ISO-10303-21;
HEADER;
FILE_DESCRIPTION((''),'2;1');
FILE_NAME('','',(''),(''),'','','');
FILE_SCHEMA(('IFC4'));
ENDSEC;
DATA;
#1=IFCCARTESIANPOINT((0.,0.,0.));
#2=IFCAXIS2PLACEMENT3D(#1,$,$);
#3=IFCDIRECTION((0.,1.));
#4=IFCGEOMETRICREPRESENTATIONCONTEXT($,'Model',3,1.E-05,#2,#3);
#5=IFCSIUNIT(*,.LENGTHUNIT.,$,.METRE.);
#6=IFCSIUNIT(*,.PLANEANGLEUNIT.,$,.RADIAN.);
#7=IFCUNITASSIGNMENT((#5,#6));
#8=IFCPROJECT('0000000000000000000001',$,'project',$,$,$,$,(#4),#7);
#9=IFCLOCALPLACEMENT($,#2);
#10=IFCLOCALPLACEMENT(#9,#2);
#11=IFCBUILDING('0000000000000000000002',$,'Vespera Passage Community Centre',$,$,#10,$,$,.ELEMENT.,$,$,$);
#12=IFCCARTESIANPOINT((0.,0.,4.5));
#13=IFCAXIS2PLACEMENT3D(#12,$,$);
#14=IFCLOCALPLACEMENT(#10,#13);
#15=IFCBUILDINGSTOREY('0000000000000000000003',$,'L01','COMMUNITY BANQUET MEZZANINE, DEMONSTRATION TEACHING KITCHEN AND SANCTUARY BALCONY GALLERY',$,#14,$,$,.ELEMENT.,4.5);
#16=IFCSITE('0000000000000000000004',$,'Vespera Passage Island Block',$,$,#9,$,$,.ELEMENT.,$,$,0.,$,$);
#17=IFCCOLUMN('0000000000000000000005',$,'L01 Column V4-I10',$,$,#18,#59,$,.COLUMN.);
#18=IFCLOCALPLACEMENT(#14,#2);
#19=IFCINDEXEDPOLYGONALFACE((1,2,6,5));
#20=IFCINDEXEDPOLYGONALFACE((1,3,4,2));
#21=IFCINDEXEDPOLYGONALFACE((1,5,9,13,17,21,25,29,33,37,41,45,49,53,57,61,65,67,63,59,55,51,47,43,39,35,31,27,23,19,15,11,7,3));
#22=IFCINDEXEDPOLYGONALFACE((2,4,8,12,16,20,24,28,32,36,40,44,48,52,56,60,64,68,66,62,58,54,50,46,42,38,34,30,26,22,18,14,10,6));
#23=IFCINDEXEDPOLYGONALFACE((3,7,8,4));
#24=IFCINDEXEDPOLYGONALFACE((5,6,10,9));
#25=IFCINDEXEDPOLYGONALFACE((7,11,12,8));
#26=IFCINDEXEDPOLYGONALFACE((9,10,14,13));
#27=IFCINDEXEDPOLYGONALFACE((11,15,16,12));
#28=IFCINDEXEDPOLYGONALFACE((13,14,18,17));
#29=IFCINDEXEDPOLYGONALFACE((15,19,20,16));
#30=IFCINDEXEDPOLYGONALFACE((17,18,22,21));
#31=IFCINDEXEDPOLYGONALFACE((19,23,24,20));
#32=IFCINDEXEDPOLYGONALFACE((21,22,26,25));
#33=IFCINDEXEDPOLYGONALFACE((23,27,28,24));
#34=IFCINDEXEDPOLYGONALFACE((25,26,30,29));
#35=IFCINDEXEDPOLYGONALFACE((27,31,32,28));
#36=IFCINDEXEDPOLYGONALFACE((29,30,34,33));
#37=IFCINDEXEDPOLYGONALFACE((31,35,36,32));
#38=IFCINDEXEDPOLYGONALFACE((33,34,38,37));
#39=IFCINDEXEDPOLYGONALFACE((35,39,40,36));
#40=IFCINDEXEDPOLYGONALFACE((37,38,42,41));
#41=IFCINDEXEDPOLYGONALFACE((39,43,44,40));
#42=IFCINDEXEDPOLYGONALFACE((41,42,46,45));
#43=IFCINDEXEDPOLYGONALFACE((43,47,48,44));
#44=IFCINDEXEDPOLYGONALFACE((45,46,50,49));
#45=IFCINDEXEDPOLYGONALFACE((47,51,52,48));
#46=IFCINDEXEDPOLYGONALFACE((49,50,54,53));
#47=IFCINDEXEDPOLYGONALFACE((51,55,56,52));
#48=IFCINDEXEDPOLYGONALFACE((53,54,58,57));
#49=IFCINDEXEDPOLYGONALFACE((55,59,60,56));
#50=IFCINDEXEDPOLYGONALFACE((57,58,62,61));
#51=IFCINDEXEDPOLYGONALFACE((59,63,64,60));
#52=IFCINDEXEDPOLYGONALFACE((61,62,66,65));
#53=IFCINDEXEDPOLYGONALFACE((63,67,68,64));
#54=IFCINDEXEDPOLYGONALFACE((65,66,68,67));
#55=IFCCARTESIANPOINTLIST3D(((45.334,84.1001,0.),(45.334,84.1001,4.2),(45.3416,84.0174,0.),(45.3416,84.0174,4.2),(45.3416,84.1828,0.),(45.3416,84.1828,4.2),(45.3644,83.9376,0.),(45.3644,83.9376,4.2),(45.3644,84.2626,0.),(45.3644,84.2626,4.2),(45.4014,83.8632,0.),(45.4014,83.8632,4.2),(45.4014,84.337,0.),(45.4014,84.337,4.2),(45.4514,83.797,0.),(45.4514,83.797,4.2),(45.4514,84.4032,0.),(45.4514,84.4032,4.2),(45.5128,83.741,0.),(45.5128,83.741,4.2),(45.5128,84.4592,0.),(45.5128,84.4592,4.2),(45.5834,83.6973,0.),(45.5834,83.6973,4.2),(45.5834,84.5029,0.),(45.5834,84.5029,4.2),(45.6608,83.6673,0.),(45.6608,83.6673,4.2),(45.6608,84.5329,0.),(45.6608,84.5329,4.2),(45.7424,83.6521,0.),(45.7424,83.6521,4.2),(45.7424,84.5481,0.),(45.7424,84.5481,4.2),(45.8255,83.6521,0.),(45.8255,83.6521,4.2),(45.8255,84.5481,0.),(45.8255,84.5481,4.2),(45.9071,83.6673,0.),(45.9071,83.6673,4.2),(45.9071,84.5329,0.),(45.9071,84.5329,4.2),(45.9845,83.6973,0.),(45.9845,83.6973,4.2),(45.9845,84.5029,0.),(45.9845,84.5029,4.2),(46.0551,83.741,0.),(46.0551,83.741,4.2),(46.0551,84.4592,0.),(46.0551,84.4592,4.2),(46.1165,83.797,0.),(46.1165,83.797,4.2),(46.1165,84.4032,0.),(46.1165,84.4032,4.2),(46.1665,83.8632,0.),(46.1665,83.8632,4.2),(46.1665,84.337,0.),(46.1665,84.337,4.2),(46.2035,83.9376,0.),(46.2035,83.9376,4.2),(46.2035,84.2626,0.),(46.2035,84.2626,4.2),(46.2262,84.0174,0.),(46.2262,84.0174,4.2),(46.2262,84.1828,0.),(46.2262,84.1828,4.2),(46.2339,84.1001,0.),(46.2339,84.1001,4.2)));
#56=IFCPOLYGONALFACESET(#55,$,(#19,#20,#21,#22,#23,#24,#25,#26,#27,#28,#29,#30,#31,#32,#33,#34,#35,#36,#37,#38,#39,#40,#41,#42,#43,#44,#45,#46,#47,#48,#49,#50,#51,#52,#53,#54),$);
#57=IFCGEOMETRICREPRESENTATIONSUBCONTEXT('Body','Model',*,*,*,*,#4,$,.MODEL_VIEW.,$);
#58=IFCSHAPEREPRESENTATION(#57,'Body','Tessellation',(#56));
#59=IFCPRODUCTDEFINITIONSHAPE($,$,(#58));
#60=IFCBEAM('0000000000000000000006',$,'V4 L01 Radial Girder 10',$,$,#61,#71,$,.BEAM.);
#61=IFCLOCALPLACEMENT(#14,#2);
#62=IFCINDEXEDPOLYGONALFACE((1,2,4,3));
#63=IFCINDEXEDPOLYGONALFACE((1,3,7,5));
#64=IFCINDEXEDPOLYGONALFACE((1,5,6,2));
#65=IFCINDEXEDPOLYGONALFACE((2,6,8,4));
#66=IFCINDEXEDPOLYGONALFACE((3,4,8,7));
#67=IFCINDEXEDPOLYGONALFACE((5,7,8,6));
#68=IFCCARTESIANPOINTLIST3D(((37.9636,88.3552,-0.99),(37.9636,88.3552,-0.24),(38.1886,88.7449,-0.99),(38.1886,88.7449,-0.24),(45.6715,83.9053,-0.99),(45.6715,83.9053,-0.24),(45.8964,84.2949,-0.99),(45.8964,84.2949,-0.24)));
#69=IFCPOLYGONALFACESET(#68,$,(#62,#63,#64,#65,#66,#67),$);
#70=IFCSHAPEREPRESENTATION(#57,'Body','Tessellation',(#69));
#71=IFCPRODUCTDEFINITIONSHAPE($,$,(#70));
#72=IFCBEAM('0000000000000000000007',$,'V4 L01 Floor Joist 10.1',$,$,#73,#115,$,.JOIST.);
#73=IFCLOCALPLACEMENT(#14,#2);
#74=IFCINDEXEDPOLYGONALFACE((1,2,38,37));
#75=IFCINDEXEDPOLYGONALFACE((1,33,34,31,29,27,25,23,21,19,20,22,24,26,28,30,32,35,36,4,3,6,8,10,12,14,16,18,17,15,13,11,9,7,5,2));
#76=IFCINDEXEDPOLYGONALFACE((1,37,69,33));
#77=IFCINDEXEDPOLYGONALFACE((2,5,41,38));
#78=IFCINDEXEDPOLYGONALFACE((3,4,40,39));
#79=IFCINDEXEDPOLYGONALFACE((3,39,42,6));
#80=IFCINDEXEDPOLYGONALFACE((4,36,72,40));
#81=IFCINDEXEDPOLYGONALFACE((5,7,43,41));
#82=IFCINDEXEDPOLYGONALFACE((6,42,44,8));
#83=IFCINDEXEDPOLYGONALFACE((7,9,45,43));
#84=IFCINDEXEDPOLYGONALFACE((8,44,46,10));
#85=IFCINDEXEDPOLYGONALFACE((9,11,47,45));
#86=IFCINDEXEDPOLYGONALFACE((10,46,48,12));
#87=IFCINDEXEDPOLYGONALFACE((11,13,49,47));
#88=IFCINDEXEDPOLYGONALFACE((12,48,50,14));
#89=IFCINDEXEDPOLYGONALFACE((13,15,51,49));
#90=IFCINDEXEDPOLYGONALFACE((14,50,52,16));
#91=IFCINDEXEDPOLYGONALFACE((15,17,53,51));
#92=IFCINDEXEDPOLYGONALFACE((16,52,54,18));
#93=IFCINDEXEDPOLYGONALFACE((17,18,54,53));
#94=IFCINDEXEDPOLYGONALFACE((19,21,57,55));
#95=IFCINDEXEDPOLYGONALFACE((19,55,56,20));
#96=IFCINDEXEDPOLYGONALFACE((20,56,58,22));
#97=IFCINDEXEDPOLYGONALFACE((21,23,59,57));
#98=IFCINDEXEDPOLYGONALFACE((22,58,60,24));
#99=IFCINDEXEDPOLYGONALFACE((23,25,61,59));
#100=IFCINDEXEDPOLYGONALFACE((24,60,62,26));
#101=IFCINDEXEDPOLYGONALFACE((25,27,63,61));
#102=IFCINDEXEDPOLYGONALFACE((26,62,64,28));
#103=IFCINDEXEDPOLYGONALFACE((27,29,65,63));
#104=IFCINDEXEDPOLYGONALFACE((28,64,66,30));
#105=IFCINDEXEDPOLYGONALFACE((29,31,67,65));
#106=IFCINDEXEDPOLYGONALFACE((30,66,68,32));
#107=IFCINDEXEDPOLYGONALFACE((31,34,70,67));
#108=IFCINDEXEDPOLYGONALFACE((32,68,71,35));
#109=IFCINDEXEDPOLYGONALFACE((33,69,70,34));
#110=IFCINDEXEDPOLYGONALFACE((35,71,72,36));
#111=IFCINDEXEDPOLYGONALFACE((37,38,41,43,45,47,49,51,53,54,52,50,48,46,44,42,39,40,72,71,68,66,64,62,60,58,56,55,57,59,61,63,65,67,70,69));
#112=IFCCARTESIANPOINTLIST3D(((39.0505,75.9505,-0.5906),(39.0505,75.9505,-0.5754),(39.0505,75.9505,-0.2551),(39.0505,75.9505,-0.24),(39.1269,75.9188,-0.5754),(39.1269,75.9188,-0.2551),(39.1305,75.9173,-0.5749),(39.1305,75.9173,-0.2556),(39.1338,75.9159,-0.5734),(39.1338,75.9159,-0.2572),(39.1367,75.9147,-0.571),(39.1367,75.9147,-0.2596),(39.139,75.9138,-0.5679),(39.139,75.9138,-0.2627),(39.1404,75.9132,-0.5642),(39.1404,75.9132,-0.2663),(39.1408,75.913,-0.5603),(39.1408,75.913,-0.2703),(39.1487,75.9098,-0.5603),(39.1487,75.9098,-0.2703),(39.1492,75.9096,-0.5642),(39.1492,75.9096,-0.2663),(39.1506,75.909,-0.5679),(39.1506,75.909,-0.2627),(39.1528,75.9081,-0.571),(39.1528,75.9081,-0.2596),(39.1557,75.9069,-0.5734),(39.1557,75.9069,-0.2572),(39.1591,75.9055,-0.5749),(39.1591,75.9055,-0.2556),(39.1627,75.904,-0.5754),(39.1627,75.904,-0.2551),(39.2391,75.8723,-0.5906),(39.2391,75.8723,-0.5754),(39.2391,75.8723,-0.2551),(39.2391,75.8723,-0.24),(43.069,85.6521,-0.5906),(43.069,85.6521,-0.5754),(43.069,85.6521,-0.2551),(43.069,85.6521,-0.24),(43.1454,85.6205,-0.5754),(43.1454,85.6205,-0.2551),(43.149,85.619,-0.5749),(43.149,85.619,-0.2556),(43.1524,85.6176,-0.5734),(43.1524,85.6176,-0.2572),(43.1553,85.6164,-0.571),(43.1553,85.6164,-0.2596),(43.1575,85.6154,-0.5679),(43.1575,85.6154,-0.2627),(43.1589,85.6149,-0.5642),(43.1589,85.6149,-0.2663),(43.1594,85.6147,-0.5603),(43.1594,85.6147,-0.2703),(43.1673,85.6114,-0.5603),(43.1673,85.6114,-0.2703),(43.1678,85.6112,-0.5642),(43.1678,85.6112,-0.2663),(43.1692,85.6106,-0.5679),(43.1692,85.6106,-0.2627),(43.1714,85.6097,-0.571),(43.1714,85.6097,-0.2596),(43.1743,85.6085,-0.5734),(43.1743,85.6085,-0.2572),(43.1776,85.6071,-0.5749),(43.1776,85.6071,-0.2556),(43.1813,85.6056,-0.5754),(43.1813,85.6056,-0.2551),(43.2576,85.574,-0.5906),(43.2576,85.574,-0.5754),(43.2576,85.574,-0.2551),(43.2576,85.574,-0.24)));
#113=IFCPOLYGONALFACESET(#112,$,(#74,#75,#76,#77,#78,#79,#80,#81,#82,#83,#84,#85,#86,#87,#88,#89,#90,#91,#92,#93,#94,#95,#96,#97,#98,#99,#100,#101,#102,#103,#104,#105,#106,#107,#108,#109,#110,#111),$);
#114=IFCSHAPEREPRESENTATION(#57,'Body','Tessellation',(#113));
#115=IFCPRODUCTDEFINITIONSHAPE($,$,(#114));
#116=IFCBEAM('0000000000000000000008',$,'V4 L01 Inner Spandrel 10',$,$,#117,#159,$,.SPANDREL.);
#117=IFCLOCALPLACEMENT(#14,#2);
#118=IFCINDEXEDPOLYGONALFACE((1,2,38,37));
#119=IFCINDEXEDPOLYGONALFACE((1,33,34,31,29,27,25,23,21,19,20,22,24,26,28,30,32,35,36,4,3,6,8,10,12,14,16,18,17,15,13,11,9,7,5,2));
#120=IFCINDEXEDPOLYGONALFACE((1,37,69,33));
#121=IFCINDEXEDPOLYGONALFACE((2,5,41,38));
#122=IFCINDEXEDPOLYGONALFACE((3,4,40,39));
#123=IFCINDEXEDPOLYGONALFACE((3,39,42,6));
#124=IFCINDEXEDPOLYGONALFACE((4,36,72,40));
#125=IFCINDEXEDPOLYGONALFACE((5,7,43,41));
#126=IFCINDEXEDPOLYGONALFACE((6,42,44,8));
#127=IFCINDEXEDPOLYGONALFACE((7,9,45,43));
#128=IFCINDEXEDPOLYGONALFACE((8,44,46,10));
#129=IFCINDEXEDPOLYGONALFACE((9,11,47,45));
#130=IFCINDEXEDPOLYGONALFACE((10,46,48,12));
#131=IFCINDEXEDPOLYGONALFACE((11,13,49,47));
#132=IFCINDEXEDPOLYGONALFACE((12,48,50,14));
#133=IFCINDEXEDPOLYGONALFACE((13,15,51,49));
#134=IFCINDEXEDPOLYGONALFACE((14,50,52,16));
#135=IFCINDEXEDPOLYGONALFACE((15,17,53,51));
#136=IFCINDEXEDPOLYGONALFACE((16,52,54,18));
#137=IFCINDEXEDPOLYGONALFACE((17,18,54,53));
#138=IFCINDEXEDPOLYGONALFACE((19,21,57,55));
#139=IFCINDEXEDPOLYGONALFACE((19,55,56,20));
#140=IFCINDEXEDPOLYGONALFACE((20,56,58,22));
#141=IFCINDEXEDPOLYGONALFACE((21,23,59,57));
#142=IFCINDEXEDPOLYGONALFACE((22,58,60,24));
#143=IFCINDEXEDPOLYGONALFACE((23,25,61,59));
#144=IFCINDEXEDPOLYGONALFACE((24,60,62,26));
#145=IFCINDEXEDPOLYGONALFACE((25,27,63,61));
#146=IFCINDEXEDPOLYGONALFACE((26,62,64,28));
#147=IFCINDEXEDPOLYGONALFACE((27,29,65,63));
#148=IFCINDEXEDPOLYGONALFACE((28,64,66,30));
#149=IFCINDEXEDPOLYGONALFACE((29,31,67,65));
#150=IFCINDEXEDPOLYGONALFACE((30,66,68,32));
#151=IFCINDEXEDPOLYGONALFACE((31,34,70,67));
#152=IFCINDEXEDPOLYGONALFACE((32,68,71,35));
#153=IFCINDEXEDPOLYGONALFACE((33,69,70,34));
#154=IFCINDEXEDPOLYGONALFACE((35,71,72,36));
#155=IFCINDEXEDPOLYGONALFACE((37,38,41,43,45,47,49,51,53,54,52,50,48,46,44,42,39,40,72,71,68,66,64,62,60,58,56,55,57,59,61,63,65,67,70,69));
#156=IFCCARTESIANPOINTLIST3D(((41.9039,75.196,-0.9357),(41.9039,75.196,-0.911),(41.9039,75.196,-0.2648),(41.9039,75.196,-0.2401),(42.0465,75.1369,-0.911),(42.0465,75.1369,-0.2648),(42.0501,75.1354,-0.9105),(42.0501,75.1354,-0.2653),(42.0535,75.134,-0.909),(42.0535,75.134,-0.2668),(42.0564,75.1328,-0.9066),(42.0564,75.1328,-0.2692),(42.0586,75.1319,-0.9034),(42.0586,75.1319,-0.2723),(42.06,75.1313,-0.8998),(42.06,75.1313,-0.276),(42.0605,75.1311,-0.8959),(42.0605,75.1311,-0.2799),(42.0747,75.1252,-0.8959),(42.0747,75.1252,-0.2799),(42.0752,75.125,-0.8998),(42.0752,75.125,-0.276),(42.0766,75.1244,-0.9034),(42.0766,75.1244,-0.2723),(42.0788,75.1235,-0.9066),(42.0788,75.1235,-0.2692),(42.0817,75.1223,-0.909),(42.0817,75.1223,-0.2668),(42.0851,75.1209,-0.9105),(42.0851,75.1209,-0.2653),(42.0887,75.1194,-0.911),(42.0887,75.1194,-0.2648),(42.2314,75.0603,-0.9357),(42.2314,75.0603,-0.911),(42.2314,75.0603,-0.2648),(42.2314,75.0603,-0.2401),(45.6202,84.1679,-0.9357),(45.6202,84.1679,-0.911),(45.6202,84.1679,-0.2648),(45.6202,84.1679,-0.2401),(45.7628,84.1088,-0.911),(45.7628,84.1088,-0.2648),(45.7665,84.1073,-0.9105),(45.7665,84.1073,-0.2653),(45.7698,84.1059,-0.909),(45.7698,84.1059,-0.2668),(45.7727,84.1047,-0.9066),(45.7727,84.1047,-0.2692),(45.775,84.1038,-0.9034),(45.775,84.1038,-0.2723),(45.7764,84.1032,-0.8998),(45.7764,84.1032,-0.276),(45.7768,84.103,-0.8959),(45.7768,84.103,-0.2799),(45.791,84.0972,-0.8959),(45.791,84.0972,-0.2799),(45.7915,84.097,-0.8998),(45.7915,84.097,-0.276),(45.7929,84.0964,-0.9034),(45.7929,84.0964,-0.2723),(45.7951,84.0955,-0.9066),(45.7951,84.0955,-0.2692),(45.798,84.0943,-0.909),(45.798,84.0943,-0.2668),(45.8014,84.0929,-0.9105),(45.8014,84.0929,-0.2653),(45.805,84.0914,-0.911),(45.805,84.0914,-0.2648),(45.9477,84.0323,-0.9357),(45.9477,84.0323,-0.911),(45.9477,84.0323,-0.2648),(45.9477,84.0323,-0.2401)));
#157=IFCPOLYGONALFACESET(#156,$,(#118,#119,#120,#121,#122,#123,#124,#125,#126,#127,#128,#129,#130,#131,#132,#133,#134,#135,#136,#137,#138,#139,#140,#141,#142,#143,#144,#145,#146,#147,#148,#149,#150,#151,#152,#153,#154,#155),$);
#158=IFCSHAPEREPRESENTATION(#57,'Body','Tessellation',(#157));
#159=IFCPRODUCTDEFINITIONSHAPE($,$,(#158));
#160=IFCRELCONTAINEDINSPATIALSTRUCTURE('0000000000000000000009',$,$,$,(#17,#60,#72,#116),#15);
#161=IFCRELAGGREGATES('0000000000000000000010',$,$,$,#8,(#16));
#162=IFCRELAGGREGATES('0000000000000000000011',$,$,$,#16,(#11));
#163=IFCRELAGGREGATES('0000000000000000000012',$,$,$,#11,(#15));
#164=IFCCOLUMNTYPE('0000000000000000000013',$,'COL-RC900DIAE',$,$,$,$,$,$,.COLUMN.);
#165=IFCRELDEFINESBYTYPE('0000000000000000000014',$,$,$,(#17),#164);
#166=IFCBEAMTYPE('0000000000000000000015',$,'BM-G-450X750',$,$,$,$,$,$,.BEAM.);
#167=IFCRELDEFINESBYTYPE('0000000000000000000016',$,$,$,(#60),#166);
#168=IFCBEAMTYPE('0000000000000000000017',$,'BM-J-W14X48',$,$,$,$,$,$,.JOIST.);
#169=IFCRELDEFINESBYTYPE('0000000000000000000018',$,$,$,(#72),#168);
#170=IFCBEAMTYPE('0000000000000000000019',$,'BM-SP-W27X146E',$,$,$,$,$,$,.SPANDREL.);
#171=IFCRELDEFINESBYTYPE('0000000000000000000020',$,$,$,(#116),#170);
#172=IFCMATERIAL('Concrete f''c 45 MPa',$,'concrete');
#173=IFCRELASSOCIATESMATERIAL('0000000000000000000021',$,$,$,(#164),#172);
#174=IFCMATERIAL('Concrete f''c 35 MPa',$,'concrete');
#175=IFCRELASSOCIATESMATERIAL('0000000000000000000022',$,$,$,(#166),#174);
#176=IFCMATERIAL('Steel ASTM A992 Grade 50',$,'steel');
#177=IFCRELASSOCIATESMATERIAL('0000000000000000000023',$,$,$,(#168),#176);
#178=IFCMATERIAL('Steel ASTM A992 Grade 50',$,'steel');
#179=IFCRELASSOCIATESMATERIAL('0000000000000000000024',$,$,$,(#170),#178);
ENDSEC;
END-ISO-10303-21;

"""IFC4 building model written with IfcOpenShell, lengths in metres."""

from ifc_helpers import new_model, si_unit, direction, frame, origin, origin_2d, place, context, subcontext, project, spatial, rectangle, circle, i_section, extrude, material, material_profile, profile_set, type_object, element, save


model = new_model("IFC4")

# Units and contexts
model_context = context("Model", 3, precision=1e-05, world=origin(), true_north=direction((0.0, 1.0)))
body_context = subcontext(model_context, "Body", "Model", "MODEL_VIEW")
ifc_project = project(units=[si_unit("LENGTHUNIT", "METRE"), si_unit("PLANEANGLEUNIT", "RADIAN")], contexts=[model_context])

# Site, building, storey
site_placement = place(None, origin())
site = spatial("IfcSite", under=ifc_project, at=site_placement, Name="Vespera Passage Island Block", CompositionType="ELEMENT", RefElevation=0.0)
building_placement = place(site_placement, origin())
building = spatial("IfcBuilding", under=site, at=building_placement, Name="Vespera Passage Community Centre", CompositionType="ELEMENT")
storey_placement = place(building_placement, frame((0.0, 0.0, 4.5)))
storey = spatial("IfcBuildingStorey", under=building, at=storey_placement, Name="L01", Description="COMMUNITY BANQUET MEZZANINE, DEMONSTRATION TEACHING KITCHEN AND SANCTUARY BALCONY GALLERY", CompositionType="ELEMENT", Elevation=4.5)

# Column
ifc_material_1 = material(Name="Concrete f'c 45 MPa", Category="concrete")
ifc_material_profile_1 = material_profile(ifc_material_1, circle(Radius=0.45, at=origin_2d()), Name="RC900DIA")
ifc_profile_set_1 = profile_set([ifc_material_profile_1], Name="Concrete f'c 45 MPa")
column_type = type_object("IfcColumnType", Name="COL-RC900DIAE", PredefinedType="COLUMN", material=ifc_profile_set_1)
column_placement = place(storey_placement, frame((45.7839, 84.1001, 0.0), z_axis=(0.0, 0.0, 1.0), x_axis=(1.0, 0.0, 0.0)))
element("IfcColumn", 1, at=column_placement, inside=storey, type_object=column_type, Name="L01 Column V4-I10", PredefinedType="COLUMN", context=body_context, shape_type="SweptSolid", body=[
    extrude(circle(Radius=0.45, at=origin_2d()), origin(), (0.0, 0.0, 1.0), 4.2),
])

# Beams
ifc_material_2 = material(Name="Concrete f'c 35 MPa", Category="concrete")
ifc_material_profile_2 = material_profile(ifc_material_2, rectangle(XDim=0.45, YDim=0.75, at=origin_2d()), Name="RC450X750")
ifc_profile_set_2 = profile_set([ifc_material_profile_2], Name="Concrete f'c 35 MPa")
beam_type_1 = type_object("IfcBeamType", Name="BM-G-450X750", PredefinedType="BEAM", material=ifc_profile_set_2)
beam_1_placement = place(storey_placement, frame((45.7839, 84.1001, -0.615), z_axis=(-0.866032, 0.499989, 0.0), x_axis=(-0.499989, -0.866032, 0.0)))
element("IfcBeam", 2, at=beam_1_placement, inside=storey, type_object=beam_type_1, Name="V4 L01 Radial Girder 10", PredefinedType="BEAM", context=body_context, shape_type="SweptSolid", body=[
    extrude(rectangle(XDim=0.45, YDim=0.75, at=origin_2d()), origin(), (0.0, 0.0, 1.0), 8.9001),
])
ifc_material_3 = material(Name="Steel ASTM A992 Grade 50", Category="steel")
ifc_material_profile_3 = material_profile(ifc_material_3, i_section(OverallWidth=0.2041, OverallDepth=0.3506, WebThickness=0.0085, FlangeThickness=0.0151, FilletRadius=0.0151, at=origin_2d()), Name="W14X48")
ifc_profile_set_3 = profile_set([ifc_material_profile_3], Name="Steel ASTM A992 Grade 50")
beam_type_2 = type_object("IfcBeamType", Name="BM-J-W14X48", PredefinedType="JOIST", material=ifc_profile_set_3)
beam_2_placement = place(storey_placement, frame((43.1633, 85.613, -0.4153), z_axis=(-0.382683, -0.92388, 0.0), x_axis=(0.92388, -0.382683, 0.0)))
element("IfcBeam", 3, at=beam_2_placement, inside=storey, type_object=beam_type_2, Name="V4 L01 Floor Joist 10.1", PredefinedType="JOIST", context=body_context, shape_type="SweptSolid", body=[
    extrude(i_section(OverallWidth=0.2041, OverallDepth=0.3506, WebThickness=0.0085, FlangeThickness=0.0151, FilletRadius=0.0151, at=origin_2d()), origin(), (0.0, 0.0, 1.0), 10.501),
])
ifc_material_4 = material(Name="Steel ASTM A992 Grade 50", Category="steel")
ifc_material_profile_4 = material_profile(ifc_material_4, i_section(OverallWidth=0.3545, OverallDepth=0.6956, WebThickness=0.0154, FlangeThickness=0.0247, FilletRadius=0.0151, at=origin_2d()), Name="W27X146")
ifc_profile_set_4 = profile_set([ifc_material_profile_4], Name="Steel ASTM A992 Grade 50")
beam_type_3 = type_object("IfcBeamType", Name="BM-SP-W27X146E", PredefinedType="SPANDREL", material=ifc_profile_set_4)
beam_3_placement = place(storey_placement, frame((45.7839, 84.1001, -0.5879), z_axis=(-0.382685, -0.923879, 0.0), x_axis=(0.923879, -0.382685, 0.0)))
element("IfcBeam", 4, at=beam_3_placement, inside=storey, type_object=beam_type_3, Name="V4 L01 Inner Spandrel 10", PredefinedType="SPANDREL", context=body_context, shape_type="SweptSolid", body=[
    extrude(i_section(OverallWidth=0.3545, OverallDepth=0.6956, WebThickness=0.0154, FlangeThickness=0.0247, FilletRadius=0.0151, at=origin_2d()), origin(), (0.0, 0.0, 1.0), 9.7112),
])

save(model, "model.ifc")
